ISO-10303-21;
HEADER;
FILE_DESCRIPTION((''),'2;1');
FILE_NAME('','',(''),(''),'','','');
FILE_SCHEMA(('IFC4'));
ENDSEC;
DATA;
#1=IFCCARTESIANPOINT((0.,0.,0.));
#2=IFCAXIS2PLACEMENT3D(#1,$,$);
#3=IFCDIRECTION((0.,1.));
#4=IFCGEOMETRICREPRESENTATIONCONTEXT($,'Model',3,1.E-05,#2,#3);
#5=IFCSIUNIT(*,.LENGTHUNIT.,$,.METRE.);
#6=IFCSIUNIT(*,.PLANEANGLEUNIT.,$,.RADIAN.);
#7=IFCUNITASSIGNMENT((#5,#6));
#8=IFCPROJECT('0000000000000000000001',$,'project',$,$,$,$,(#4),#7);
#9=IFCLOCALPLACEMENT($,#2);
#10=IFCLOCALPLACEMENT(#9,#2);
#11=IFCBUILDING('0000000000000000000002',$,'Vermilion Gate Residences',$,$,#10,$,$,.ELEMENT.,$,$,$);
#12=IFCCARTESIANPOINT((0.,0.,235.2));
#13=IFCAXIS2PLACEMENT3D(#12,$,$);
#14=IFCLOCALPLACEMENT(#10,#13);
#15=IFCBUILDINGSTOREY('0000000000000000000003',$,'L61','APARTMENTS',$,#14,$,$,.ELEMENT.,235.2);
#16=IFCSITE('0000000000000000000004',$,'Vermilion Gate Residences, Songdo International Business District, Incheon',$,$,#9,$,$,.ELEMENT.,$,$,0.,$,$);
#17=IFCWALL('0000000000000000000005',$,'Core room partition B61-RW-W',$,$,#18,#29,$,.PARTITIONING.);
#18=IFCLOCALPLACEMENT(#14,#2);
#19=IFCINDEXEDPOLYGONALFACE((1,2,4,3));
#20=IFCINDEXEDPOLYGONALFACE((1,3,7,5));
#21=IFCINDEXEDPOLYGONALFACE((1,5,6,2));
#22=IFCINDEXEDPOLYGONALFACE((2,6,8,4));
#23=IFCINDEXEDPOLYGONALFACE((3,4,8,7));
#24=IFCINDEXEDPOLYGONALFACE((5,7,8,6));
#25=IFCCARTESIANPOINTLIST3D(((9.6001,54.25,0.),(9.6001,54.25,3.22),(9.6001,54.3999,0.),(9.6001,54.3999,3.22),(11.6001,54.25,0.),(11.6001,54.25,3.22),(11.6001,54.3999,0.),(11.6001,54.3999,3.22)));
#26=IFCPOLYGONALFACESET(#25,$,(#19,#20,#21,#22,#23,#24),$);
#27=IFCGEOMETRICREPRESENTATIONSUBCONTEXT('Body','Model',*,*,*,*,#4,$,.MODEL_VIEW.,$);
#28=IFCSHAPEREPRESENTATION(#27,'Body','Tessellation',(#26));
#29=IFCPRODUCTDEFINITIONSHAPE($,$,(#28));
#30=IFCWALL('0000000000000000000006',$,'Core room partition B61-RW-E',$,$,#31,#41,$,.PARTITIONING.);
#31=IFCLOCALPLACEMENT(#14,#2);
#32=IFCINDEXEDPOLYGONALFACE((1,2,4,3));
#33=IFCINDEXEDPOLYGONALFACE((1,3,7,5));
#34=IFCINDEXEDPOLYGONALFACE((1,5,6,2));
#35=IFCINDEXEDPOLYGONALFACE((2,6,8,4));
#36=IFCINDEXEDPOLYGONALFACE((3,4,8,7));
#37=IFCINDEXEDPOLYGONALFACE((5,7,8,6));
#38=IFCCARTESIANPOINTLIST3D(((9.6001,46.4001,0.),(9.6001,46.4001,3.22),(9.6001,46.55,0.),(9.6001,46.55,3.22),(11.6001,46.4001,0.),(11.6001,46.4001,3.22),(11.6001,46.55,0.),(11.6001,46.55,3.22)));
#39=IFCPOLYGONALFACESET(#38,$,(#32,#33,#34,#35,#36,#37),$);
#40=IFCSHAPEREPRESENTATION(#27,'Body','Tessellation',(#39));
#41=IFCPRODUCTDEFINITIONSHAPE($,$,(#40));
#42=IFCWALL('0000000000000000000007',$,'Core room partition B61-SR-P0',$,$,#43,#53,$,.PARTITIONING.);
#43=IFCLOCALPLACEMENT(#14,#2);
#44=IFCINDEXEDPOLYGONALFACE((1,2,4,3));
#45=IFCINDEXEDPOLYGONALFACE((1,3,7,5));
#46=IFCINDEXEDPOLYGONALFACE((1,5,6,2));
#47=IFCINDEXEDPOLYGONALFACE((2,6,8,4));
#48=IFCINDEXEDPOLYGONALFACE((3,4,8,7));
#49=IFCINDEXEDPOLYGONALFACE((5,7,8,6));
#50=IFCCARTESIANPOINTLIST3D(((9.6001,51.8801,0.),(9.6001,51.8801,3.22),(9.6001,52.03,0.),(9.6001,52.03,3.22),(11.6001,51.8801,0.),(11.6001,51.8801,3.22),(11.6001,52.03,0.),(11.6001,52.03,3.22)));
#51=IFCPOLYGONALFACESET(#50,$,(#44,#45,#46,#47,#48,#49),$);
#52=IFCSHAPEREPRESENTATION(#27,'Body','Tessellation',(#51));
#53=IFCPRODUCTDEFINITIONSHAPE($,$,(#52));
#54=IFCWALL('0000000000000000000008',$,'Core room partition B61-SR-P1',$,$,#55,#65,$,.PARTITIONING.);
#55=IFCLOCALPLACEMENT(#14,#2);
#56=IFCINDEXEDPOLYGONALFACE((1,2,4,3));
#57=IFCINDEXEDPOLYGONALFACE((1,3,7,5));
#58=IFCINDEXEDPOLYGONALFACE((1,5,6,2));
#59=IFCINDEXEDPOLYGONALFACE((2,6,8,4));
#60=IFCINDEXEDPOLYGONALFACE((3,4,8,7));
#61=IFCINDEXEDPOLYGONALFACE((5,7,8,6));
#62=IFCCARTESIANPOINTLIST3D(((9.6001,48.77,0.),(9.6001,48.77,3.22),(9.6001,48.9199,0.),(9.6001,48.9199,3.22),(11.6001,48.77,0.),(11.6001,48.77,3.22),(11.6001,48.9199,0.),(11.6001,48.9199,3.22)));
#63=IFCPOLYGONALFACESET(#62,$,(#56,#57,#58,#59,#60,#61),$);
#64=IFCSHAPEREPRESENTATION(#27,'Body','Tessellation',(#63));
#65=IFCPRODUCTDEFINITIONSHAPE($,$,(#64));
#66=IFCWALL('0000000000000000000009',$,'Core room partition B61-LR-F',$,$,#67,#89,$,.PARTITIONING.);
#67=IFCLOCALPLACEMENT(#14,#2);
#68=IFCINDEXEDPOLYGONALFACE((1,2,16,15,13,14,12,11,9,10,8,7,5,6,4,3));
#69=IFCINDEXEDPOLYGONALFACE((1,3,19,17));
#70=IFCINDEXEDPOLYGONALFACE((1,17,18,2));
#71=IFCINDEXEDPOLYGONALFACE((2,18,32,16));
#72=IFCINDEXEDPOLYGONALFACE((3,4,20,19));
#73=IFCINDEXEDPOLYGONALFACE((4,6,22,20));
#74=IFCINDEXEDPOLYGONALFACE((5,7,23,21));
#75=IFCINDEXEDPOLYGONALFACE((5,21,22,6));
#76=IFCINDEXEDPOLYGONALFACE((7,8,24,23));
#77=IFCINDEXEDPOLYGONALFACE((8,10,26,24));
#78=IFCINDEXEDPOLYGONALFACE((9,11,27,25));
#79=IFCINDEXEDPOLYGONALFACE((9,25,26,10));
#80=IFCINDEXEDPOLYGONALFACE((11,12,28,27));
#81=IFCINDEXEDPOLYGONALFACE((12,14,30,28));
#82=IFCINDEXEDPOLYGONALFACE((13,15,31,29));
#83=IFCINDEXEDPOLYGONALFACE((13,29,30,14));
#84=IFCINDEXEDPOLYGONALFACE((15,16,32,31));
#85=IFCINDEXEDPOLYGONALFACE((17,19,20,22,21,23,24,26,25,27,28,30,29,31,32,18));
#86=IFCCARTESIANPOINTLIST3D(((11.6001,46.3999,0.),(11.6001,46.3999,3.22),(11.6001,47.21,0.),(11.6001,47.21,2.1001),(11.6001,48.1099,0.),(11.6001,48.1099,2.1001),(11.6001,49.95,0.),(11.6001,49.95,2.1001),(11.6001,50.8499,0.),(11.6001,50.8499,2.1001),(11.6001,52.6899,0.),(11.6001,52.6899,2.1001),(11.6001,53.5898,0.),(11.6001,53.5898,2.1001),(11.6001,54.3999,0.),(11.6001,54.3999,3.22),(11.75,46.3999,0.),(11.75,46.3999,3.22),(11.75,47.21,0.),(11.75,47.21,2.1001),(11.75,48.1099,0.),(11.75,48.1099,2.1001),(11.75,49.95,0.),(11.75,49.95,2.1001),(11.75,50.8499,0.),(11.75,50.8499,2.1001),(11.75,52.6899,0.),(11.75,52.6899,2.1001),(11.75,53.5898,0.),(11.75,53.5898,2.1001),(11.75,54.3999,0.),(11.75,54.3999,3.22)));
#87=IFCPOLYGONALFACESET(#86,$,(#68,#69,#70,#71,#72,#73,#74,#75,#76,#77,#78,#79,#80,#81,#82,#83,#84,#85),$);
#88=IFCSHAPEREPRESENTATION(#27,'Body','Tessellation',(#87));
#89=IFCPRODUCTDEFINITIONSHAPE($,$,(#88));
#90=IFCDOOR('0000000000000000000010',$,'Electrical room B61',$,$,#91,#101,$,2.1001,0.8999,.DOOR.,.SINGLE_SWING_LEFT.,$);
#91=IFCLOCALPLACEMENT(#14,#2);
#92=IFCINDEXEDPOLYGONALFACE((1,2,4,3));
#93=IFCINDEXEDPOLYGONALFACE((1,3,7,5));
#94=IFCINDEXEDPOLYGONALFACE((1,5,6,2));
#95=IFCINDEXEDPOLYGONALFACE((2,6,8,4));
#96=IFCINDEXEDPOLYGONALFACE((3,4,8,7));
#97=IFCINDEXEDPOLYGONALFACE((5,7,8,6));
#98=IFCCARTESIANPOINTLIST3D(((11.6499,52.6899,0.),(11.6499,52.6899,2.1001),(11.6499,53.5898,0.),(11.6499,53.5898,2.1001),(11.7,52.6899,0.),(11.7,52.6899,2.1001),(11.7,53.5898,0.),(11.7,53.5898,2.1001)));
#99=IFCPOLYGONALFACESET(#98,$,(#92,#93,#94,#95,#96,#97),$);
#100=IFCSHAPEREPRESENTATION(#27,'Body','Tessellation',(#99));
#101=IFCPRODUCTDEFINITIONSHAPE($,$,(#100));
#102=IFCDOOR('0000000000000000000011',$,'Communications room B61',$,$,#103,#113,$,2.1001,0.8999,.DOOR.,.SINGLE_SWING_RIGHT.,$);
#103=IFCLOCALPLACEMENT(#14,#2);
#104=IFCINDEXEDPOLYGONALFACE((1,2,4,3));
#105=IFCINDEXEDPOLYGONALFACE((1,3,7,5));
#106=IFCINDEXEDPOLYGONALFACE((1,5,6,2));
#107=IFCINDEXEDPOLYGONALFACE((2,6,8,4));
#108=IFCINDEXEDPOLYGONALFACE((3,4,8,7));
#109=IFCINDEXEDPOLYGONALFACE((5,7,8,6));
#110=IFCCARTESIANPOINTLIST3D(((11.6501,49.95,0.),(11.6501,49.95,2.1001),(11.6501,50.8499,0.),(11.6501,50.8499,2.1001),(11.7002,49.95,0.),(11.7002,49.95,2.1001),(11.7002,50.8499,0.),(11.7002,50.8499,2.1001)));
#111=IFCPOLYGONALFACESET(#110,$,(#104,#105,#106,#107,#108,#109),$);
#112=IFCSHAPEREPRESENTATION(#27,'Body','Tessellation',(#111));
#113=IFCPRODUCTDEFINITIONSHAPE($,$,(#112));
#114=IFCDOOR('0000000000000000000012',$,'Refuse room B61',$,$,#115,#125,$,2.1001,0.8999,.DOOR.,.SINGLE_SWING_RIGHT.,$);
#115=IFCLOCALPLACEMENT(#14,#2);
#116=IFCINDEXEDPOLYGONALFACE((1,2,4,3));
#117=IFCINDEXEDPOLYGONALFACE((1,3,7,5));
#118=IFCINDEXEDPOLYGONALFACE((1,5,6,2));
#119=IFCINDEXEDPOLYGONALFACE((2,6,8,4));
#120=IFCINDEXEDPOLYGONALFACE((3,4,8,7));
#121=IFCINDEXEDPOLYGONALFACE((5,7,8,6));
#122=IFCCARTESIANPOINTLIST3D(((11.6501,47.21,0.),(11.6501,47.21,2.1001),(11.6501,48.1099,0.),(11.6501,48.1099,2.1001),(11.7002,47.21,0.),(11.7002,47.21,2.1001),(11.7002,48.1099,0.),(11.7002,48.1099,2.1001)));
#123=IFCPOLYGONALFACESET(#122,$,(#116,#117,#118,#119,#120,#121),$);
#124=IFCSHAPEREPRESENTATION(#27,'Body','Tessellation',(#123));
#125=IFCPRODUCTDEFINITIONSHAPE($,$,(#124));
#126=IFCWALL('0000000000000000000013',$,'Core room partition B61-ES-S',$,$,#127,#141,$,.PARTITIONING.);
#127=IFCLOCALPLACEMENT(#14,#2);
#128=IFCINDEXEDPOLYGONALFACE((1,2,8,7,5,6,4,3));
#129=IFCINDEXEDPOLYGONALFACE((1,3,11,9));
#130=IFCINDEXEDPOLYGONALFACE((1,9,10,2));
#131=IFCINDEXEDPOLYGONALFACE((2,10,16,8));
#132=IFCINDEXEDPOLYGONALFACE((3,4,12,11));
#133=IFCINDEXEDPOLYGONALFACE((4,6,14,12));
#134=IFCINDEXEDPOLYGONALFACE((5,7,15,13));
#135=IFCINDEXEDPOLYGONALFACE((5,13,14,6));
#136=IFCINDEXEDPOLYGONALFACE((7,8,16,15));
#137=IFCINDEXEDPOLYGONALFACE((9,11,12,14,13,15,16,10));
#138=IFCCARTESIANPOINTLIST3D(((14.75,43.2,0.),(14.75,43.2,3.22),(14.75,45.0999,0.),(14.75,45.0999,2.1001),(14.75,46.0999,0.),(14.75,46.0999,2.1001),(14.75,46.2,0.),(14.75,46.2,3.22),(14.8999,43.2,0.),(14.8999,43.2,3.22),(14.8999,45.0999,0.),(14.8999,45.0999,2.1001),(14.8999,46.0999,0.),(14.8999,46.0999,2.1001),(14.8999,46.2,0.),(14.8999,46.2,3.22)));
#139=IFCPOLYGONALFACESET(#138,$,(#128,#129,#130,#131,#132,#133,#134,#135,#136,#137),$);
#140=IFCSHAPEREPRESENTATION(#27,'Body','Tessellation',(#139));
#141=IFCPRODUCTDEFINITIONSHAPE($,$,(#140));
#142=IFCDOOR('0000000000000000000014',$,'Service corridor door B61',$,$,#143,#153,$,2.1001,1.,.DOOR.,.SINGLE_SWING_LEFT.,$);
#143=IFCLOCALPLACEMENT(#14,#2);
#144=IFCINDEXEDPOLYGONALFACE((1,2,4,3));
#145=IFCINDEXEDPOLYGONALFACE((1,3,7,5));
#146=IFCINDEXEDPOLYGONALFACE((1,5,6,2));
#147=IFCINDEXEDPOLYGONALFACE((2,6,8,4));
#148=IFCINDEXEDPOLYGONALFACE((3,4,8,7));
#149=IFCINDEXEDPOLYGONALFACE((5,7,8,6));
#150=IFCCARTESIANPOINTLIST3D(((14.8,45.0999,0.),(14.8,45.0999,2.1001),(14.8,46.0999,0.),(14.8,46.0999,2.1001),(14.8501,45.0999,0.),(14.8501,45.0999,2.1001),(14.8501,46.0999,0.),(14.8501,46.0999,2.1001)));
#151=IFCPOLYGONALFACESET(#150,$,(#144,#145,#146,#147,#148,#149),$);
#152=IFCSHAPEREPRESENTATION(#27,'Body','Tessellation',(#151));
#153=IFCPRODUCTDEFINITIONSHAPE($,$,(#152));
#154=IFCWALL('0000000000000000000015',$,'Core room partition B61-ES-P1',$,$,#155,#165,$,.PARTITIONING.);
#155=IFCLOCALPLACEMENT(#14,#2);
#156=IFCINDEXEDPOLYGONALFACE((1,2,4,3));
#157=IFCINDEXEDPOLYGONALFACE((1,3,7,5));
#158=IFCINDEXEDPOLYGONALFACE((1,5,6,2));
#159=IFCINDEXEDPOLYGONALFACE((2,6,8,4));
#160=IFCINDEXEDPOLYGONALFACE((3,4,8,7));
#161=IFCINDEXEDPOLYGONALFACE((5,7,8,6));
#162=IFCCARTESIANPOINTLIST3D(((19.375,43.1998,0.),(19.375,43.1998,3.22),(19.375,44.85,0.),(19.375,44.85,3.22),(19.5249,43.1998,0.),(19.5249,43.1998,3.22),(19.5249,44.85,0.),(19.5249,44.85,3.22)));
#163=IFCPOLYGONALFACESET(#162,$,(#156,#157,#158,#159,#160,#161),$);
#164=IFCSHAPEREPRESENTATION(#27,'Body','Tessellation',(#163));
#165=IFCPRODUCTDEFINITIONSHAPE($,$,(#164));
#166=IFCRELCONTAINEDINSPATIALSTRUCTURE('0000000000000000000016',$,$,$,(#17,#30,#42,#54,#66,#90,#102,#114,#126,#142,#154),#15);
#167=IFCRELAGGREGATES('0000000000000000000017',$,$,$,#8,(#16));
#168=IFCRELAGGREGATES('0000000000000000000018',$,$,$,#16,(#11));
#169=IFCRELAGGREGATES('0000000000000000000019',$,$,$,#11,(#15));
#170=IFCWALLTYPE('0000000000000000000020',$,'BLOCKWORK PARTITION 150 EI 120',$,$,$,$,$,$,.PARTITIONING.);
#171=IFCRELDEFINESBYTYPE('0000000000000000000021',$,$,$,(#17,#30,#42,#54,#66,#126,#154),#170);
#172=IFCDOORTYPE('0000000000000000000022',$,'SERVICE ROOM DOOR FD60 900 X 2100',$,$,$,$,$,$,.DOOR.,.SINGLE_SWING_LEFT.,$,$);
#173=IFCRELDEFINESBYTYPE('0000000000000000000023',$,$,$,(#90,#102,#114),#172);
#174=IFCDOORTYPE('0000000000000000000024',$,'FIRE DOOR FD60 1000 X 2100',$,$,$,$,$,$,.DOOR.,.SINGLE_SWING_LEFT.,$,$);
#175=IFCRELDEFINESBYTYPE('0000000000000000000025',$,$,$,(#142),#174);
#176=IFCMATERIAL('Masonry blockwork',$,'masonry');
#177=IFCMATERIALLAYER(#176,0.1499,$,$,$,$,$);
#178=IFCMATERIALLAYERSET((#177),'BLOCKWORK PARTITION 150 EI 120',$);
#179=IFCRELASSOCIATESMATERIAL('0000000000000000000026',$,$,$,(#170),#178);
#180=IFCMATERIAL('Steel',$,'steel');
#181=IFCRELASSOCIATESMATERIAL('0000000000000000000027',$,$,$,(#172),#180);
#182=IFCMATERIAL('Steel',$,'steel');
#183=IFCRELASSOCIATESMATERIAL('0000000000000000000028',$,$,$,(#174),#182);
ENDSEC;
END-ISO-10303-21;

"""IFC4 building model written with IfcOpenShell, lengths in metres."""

from ifc_helpers import new_model, si_unit, direction, frame, frame_2d, origin, place, context, subcontext, project, spatial, rectangle, extrude, material, layer, layer_set, type_object, element, fill, save


model = new_model("IFC4")

# Units and contexts
model_context = context("Model", 3, precision=1e-05, world=origin(), true_north=direction((0.0, 1.0)))
body_context = subcontext(model_context, "Body", "Model", "MODEL_VIEW")
ifc_project = project(units=[si_unit("LENGTHUNIT", "METRE"), si_unit("PLANEANGLEUNIT", "RADIAN")], contexts=[model_context])

# Site, building, storey
site_placement = place(None, origin())
site = spatial("IfcSite", under=ifc_project, at=site_placement, Name="Vermilion Gate Residences, Songdo International Business District, Incheon", CompositionType="ELEMENT", RefElevation=0.0)
building_placement = place(site_placement, origin())
building = spatial("IfcBuilding", under=site, at=building_placement, Name="Vermilion Gate Residences", CompositionType="ELEMENT")
storey_placement = place(building_placement, frame((0.0, 0.0, 235.2)))
storey = spatial("IfcBuildingStorey", under=building, at=storey_placement, Name="L61", Description="APARTMENTS", CompositionType="ELEMENT", Elevation=235.2)

# Walls
ifc_material_1 = material(Name="Masonry blockwork", Category="masonry")
ifc_layer_1 = layer(ifc_material_1, 0.1499)
ifc_layer_set_1 = layer_set([ifc_layer_1], Name="BLOCKWORK PARTITION 150 EI 120")
wall_type_1 = type_object("IfcWallType", Name="BLOCKWORK PARTITION 150 EI 120", PredefinedType="PARTITIONING", material=ifc_layer_set_1)
for number, where, z_axis, x_axis, name in (
    (1, (9.6001, 54.325, 0.0), (0.0, 0.0, 1.0), (1.0, 0.0, 0.0), "Core room partition B61-RW-W"),
    (2, (9.6001, 46.4751, 0.0), (0.0, 0.0, 1.0), (1.0, 0.0, 0.0), "Core room partition B61-RW-E"),
    (3, (9.6001, 51.9551, 0.0), (0.0, 0.0, 1.0), (1.0, 0.0, 0.0), "Core room partition B61-SR-P0"),
    (4, (9.6001, 48.845, 0.0), (0.0, 0.0, 1.0), (1.0, 0.0, 0.0), "Core room partition B61-SR-P1"),
):
    element("IfcWall", number, at=place(storey_placement, frame(where, z_axis=z_axis, x_axis=x_axis)), inside=storey, type_object=wall_type_1, Name=name, PredefinedType="PARTITIONING", context=body_context, shape_type="SweptSolid", body=[
        extrude(rectangle(XDim=2.0, YDim=0.1499, at=frame_2d((1.0, 0.0))), origin(), (0.0, 0.0, 1.0), 3.22),
    ])

# Wall, openings, doors
wall_1_placement = place(storey_placement, frame((11.675, 54.3999, 0.0), z_axis=(0.0, 0.0, 1.0), x_axis=(0.0, -1.0, 0.0)))
wall_1 = element("IfcWall", 5, at=wall_1_placement, inside=storey, type_object=wall_type_1, Name="Core room partition B61-LR-F", PredefinedType="PARTITIONING", context=body_context, shape_type="SweptSolid", body=[
    extrude(rectangle(XDim=8.0, YDim=0.1499, at=frame_2d((4.0, 0.0))), origin(), (0.0, 0.0, 1.0), 3.22),
])
opening_1_placement = place(wall_1_placement, frame((0.8101, 0.0, 0.0)))
opening_1 = element("IfcOpeningElement", 6, at=opening_1_placement, cuts=wall_1, PredefinedType="OPENING", context=body_context, shape_type="SweptSolid", body=[
    extrude(rectangle(XDim=0.8999, YDim=2.1001, at=frame_2d((0.45, 1.05))), frame((0.0, 0.085, 0.0), z_axis=(0.0, -1.0, 0.0), x_axis=(1.0, 0.0, 0.0)), (0.0, 0.0, 1.0), 0.1699),
])
opening_2_placement = place(wall_1_placement, frame((3.55, 0.0, 0.0)))
opening_2 = element("IfcOpeningElement", 7, at=opening_2_placement, cuts=wall_1, PredefinedType="OPENING", context=body_context, shape_type="SweptSolid", body=[
    extrude(rectangle(XDim=0.8999, YDim=2.1001, at=frame_2d((0.45, 1.05))), frame((0.0, 0.085, 0.0), z_axis=(0.0, -1.0, 0.0), x_axis=(1.0, 0.0, 0.0)), (0.0, 0.0, 1.0), 0.1699),
])
opening_3_placement = place(wall_1_placement, frame((6.29, 0.0, 0.0)))
opening_3 = element("IfcOpeningElement", 8, at=opening_3_placement, cuts=wall_1, PredefinedType="OPENING", context=body_context, shape_type="SweptSolid", body=[
    extrude(rectangle(XDim=0.8999, YDim=2.1001, at=frame_2d((0.45, 1.05))), frame((0.0, 0.085, 0.0), z_axis=(0.0, -1.0, 0.0), x_axis=(1.0, 0.0, 0.0)), (0.0, 0.0, 1.0), 0.1699),
])
ifc_material_2 = material(Name="Steel", Category="steel")
door_type_1 = type_object("IfcDoorType", Name="SERVICE ROOM DOOR FD60 900 X 2100", OperationType="SINGLE_SWING_LEFT", PredefinedType="DOOR", material=ifc_material_2)
door_1_placement = place(opening_1_placement, origin())
door_1 = element("IfcDoor", 9, at=door_1_placement, inside=storey, type_object=door_type_1, Name="Electrical room B61", OperationType="SINGLE_SWING_LEFT", OverallHeight=2.1001, OverallWidth=0.8999, PredefinedType="DOOR", context=body_context, shape_type="SweptSolid", body=[
    extrude(rectangle(XDim=0.8999, YDim=2.1001, at=frame_2d((0.45, 1.05))), frame((0.0, 0.0249, 0.0), z_axis=(0.0, -1.0, 0.0), x_axis=(1.0, 0.0, 0.0)), (0.0, 0.0, 1.0), 0.05),
])
fill(opening_1, door_1)
door_2_placement = place(opening_2_placement, frame((0.8999, 0.0, 0.0), z_axis=(0.0, 0.0, 1.0), x_axis=(-1.0, 0.0, 0.0)))
door_2 = element("IfcDoor", 10, at=door_2_placement, inside=storey, type_object=door_type_1, Name="Communications room B61", OperationType="SINGLE_SWING_RIGHT", OverallHeight=2.1001, OverallWidth=0.8999, PredefinedType="DOOR", context=body_context, shape_type="SweptSolid", body=[
    extrude(rectangle(XDim=0.8999, YDim=2.1001, at=frame_2d((0.45, 1.05))), frame((0.0, 0.0249, 0.0), z_axis=(0.0, -1.0, 0.0), x_axis=(1.0, 0.0, 0.0)), (0.0, 0.0, 1.0), 0.05),
])
fill(opening_2, door_2)
door_3_placement = place(opening_3_placement, frame((0.8999, 0.0, 0.0), z_axis=(0.0, 0.0, 1.0), x_axis=(-1.0, 0.0, 0.0)))
door_3 = element("IfcDoor", 11, at=door_3_placement, inside=storey, type_object=door_type_1, Name="Refuse room B61", OperationType="SINGLE_SWING_RIGHT", OverallHeight=2.1001, OverallWidth=0.8999, PredefinedType="DOOR", context=body_context, shape_type="SweptSolid", body=[
    extrude(rectangle(XDim=0.8999, YDim=2.1001, at=frame_2d((0.45, 1.05))), frame((0.0, 0.0249, 0.0), z_axis=(0.0, -1.0, 0.0), x_axis=(1.0, 0.0, 0.0)), (0.0, 0.0, 1.0), 0.05),
])
fill(opening_3, door_3)

# Wall, opening, door
wall_2_placement = place(storey_placement, frame((14.825, 46.2, 0.0), z_axis=(0.0, 0.0, 1.0), x_axis=(0.0, -1.0, 0.0)))
wall_2 = element("IfcWall", 12, at=wall_2_placement, inside=storey, type_object=wall_type_1, Name="Core room partition B61-ES-S", PredefinedType="PARTITIONING", context=body_context, shape_type="SweptSolid", body=[
    extrude(rectangle(XDim=3.0, YDim=0.1499, at=frame_2d((1.5, 0.0))), origin(), (0.0, 0.0, 1.0), 3.22),
])
opening_4_placement = place(wall_2_placement, frame((0.1001, 0.0, 0.0)))
opening_4 = element("IfcOpeningElement", 13, at=opening_4_placement, cuts=wall_2, PredefinedType="OPENING", context=body_context, shape_type="SweptSolid", body=[
    extrude(rectangle(XDim=1.0, YDim=2.1001, at=frame_2d((0.5, 1.05))), frame((0.0, 0.085, 0.0), z_axis=(0.0, -1.0, 0.0), x_axis=(1.0, 0.0, 0.0)), (0.0, 0.0, 1.0), 0.1699),
])
ifc_material_3 = material(Name="Steel", Category="steel")
door_type_2 = type_object("IfcDoorType", Name="FIRE DOOR FD60 1000 X 2100", OperationType="SINGLE_SWING_LEFT", PredefinedType="DOOR", material=ifc_material_3)
door_4_placement = place(opening_4_placement, frame((1.0, 0.0, 0.0), z_axis=(0.0, 0.0, 1.0), x_axis=(-1.0, 0.0, 0.0)))
door_4 = element("IfcDoor", 14, at=door_4_placement, inside=storey, type_object=door_type_2, Name="Service corridor door B61", OperationType="SINGLE_SWING_LEFT", OverallHeight=2.1001, OverallWidth=1.0, PredefinedType="DOOR", context=body_context, shape_type="SweptSolid", body=[
    extrude(rectangle(XDim=1.0, YDim=2.1001, at=frame_2d((0.5, 1.05))), frame((0.0, 0.0249, 0.0), z_axis=(0.0, -1.0, 0.0), x_axis=(1.0, 0.0, 0.0)), (0.0, 0.0, 1.0), 0.05),
])
fill(opening_4, door_4)

# Wall
wall_3_placement = place(storey_placement, frame((19.45, 44.8501, 0.0), z_axis=(0.0, 0.0, 1.0), x_axis=(0.0, -1.0, 0.0)))
element("IfcWall", 15, at=wall_3_placement, inside=storey, type_object=wall_type_1, Name="Core room partition B61-ES-P1", PredefinedType="PARTITIONING", context=body_context, shape_type="SweptSolid", body=[
    extrude(rectangle(XDim=1.6501, YDim=0.1499, at=frame_2d((0.8252, 0.0))), origin(), (0.0, 0.0, 1.0), 3.22),
])

save(model, "model.ifc")
